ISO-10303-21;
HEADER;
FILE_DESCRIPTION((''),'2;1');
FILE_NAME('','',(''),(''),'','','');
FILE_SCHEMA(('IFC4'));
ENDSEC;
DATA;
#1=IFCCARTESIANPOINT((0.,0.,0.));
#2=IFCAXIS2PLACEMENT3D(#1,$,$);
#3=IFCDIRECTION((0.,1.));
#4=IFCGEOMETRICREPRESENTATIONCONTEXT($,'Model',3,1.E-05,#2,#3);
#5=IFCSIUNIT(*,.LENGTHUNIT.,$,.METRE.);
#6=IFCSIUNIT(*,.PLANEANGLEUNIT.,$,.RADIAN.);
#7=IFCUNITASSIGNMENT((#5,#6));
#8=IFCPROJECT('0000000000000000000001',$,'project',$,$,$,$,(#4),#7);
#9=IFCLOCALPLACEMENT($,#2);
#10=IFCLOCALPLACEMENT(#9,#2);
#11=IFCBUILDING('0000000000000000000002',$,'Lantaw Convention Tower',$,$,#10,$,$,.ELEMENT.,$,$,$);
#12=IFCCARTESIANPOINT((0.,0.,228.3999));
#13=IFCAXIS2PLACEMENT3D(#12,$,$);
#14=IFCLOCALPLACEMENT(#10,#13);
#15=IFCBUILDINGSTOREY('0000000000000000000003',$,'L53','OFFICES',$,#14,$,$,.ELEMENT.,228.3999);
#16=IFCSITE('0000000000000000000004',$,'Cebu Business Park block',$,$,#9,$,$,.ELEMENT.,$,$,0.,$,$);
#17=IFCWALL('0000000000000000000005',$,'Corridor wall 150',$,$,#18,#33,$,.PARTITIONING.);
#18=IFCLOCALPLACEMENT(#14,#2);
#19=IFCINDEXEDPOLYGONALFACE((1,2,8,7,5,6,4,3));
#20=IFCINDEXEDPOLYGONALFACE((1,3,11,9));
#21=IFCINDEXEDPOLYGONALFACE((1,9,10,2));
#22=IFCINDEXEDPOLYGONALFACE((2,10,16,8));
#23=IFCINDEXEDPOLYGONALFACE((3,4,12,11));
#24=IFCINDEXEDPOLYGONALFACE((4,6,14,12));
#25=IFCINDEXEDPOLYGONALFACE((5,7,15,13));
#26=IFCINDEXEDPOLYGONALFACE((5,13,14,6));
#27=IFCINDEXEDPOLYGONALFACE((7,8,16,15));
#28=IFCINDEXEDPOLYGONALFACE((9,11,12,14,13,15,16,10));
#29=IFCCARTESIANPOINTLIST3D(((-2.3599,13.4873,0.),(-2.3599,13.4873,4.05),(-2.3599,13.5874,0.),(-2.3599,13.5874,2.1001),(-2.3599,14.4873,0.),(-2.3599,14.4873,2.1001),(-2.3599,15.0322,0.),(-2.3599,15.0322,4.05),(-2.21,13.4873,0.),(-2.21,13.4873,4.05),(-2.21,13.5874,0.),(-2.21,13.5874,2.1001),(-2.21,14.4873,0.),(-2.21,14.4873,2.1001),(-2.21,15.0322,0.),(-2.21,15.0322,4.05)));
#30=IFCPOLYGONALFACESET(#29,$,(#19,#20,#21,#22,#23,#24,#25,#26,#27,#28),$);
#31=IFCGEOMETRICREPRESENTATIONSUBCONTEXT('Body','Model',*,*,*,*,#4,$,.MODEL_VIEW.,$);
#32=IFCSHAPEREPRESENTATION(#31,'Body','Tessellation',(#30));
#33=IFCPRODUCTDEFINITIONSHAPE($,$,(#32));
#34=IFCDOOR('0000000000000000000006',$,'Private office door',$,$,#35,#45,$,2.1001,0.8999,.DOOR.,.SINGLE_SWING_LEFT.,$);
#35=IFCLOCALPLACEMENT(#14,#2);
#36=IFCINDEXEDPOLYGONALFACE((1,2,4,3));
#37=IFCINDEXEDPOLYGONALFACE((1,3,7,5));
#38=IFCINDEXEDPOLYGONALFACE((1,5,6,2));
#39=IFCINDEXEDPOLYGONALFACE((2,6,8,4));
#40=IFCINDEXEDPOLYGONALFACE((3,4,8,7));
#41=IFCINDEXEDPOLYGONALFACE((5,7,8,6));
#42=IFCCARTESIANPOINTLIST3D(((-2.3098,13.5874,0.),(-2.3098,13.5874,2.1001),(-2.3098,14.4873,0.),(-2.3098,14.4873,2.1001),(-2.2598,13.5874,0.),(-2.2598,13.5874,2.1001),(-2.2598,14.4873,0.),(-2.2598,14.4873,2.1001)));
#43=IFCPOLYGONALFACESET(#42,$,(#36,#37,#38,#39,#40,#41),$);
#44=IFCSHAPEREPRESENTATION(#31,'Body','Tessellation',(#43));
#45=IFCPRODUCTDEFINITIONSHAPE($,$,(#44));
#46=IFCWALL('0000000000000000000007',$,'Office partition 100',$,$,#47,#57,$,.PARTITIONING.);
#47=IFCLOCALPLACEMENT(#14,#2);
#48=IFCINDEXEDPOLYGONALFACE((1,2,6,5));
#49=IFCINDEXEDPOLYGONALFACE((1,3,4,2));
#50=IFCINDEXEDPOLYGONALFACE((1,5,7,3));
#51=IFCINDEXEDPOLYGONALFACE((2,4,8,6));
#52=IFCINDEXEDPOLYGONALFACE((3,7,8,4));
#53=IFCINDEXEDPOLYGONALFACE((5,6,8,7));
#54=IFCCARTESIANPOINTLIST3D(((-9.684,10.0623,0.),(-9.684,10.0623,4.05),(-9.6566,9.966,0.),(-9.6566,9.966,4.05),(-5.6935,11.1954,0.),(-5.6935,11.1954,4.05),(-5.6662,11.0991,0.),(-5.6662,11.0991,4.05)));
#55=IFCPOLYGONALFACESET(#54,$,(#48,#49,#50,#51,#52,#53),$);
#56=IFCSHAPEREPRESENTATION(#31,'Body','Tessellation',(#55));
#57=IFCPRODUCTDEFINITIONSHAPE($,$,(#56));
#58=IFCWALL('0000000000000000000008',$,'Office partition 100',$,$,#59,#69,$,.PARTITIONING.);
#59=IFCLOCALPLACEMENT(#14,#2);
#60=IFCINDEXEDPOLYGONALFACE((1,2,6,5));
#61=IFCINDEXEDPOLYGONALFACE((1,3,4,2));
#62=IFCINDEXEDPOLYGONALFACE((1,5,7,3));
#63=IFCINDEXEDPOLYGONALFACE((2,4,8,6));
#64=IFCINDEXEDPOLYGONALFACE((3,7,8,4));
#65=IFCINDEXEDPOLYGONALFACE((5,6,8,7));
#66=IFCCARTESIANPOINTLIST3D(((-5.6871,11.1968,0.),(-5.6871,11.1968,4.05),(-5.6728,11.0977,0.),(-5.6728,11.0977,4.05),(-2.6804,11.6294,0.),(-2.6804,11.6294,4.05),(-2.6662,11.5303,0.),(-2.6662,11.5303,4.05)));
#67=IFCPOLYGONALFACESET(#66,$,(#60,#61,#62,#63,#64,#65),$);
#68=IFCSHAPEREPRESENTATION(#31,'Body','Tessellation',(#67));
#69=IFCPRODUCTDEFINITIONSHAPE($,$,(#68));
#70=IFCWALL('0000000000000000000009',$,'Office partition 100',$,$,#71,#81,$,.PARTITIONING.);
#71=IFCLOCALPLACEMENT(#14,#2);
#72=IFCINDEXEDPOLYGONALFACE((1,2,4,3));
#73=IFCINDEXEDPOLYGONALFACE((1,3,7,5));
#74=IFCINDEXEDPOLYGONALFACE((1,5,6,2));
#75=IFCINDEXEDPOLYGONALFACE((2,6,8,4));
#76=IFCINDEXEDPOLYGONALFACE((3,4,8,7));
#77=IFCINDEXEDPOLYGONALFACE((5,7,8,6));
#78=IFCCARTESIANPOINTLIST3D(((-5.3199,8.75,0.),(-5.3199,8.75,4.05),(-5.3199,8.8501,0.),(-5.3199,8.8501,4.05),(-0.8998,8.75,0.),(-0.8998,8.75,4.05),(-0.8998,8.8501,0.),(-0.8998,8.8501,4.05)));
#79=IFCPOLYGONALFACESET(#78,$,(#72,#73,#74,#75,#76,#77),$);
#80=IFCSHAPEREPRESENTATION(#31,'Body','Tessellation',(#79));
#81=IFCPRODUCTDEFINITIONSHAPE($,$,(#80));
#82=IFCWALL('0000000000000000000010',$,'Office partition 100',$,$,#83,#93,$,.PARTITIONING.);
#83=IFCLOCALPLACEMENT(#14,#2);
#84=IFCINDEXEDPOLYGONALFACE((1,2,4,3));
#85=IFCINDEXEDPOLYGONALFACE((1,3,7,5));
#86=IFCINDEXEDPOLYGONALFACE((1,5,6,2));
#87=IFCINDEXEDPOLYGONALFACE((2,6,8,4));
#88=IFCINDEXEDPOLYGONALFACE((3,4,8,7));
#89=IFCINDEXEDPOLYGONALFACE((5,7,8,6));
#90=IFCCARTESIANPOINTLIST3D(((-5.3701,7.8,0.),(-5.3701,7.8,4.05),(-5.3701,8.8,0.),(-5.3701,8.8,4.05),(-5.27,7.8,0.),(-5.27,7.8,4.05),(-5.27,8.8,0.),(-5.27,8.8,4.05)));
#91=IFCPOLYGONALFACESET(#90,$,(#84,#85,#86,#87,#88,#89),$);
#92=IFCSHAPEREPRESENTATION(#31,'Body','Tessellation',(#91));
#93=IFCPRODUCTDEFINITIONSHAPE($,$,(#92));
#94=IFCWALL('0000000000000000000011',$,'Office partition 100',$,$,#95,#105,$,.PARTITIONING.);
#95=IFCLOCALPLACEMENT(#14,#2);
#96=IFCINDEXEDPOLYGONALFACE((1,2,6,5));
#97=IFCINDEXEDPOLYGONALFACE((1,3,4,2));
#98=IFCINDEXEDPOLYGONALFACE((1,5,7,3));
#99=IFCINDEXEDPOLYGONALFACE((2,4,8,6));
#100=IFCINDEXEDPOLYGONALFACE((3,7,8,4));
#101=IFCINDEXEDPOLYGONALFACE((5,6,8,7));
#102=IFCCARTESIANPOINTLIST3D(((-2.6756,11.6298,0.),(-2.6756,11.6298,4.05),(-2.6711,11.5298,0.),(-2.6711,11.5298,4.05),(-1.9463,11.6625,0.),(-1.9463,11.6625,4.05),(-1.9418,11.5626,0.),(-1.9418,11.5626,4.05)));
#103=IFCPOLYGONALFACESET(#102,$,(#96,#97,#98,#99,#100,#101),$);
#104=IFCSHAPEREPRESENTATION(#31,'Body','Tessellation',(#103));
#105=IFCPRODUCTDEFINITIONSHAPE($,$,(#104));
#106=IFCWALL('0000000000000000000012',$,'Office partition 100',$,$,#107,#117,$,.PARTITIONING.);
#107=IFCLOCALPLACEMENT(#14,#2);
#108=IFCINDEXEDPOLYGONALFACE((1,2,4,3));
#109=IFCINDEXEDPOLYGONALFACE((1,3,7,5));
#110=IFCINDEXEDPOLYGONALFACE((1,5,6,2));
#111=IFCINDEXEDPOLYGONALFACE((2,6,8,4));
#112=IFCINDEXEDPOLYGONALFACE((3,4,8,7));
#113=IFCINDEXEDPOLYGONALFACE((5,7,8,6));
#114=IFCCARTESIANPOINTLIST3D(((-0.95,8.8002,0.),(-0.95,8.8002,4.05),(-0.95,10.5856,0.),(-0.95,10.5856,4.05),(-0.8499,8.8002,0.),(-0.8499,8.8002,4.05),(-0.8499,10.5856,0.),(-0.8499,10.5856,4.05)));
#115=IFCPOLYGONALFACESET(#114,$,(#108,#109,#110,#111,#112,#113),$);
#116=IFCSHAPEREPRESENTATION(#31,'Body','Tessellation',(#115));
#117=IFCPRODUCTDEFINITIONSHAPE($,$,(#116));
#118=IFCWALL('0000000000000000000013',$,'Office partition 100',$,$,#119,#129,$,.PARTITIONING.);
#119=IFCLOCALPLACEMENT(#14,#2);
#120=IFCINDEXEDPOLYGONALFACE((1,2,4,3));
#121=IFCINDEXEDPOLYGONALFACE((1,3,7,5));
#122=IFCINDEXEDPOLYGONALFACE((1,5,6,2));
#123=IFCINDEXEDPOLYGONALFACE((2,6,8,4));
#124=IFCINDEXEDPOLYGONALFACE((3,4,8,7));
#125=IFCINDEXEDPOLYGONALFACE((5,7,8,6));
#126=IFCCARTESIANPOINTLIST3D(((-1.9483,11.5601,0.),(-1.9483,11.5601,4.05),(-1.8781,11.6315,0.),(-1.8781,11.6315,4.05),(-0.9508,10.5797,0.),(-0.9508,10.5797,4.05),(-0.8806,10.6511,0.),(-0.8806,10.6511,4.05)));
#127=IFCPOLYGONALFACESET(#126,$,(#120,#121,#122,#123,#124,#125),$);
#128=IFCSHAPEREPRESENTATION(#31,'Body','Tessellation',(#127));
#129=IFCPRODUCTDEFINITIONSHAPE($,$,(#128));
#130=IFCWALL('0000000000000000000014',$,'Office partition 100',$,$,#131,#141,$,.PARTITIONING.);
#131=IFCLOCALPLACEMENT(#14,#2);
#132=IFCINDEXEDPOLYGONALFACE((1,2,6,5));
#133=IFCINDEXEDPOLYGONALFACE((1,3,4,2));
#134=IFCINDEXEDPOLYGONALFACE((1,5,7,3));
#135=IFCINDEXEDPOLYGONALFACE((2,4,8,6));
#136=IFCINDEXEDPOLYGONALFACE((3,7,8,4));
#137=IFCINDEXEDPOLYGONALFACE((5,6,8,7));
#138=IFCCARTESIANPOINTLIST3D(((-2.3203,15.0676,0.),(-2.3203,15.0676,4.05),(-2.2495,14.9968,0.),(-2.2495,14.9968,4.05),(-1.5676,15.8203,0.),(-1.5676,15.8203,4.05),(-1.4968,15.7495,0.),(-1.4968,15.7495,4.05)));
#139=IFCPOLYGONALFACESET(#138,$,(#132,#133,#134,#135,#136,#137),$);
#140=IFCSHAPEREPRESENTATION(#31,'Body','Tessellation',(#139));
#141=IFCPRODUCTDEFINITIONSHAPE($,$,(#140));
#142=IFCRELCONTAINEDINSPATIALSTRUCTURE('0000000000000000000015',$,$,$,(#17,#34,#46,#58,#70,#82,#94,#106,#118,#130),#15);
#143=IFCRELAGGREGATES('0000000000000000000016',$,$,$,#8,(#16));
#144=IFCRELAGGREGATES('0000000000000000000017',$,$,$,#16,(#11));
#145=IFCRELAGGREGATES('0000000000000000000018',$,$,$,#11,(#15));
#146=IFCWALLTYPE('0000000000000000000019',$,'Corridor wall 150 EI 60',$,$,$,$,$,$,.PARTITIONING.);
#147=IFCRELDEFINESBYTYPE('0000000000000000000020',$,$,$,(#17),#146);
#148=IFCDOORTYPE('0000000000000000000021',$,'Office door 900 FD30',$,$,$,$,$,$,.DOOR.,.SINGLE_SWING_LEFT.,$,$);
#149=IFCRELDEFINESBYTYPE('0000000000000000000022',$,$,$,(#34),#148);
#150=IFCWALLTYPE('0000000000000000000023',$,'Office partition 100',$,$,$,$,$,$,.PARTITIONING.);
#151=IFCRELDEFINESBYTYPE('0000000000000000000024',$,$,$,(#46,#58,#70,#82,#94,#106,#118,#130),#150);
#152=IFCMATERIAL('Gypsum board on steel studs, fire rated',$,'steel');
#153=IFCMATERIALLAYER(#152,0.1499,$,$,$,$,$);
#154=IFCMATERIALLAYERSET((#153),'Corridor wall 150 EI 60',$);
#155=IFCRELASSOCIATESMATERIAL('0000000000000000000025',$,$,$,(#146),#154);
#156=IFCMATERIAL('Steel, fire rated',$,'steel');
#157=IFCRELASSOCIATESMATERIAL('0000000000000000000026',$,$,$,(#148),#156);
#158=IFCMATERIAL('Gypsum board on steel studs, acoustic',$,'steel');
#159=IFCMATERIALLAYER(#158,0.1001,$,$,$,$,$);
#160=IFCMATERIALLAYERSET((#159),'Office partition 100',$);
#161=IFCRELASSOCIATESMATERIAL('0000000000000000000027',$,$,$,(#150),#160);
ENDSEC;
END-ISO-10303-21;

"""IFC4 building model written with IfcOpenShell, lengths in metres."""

from ifc_helpers import new_model, si_unit, direction, frame, frame_2d, origin, place, context, subcontext, project, spatial, rectangle, extrude, material, layer, layer_set, type_object, element, fill, save


model = new_model("IFC4")

# Units and contexts
model_context = context("Model", 3, precision=1e-05, world=origin(), true_north=direction((0.0, 1.0)))
body_context = subcontext(model_context, "Body", "Model", "MODEL_VIEW")
ifc_project = project(units=[si_unit("LENGTHUNIT", "METRE"), si_unit("PLANEANGLEUNIT", "RADIAN")], contexts=[model_context])

# Site, building, storey
site_placement = place(None, origin())
site = spatial("IfcSite", under=ifc_project, at=site_placement, Name="Cebu Business Park block", CompositionType="ELEMENT", RefElevation=0.0)
building_placement = place(site_placement, origin())
building = spatial("IfcBuilding", under=site, at=building_placement, Name="Lantaw Convention Tower", CompositionType="ELEMENT")
storey_placement = place(building_placement, frame((0.0, 0.0, 228.3999)))
storey = spatial("IfcBuildingStorey", under=building, at=storey_placement, Name="L53", Description="OFFICES", CompositionType="ELEMENT", Elevation=228.3999)

# Shared definitions
ifc_material_1 = material(Name="Steel, fire rated", Category="steel")
ifc_material_2 = material(Name="Gypsum board on steel studs, fire rated", Category="steel")
ifc_layer_1 = layer(ifc_material_2, 0.1499)
ifc_layer_set_1 = layer_set([ifc_layer_1], Name="Corridor wall 150 EI 60")
wall_type_1 = type_object("IfcWallType", Name="Corridor wall 150 EI 60", PredefinedType="PARTITIONING", material=ifc_layer_set_1)
door_type_1 = type_object("IfcDoorType", Name="Office door 900 FD30", OperationType="SINGLE_SWING_LEFT", PredefinedType="DOOR", material=ifc_material_1)

# Wall, opening, door
wall_1_placement = place(storey_placement, frame((-2.2849, 13.4873, 0.0), z_axis=(0.0, 0.0, 1.0), x_axis=(0.0, 1.0, 0.0)))
wall_1 = element("IfcWall", 1, at=wall_1_placement, inside=storey, type_object=wall_type_1, Name="Corridor wall 150", PredefinedType="PARTITIONING", context=body_context, shape_type="SweptSolid", body=[
    extrude(rectangle(XDim=1.5449, YDim=0.1499, at=frame_2d((0.7725, 0.0))), origin(), (0.0, 0.0, 1.0), 4.05),
])
opening_1_placement = place(wall_1_placement, frame((0.1001, 0.0, 0.0)))
opening_1 = element("IfcOpeningElement", 2, at=opening_1_placement, cuts=wall_1, PredefinedType="OPENING", context=body_context, shape_type="SweptSolid", body=[
    extrude(rectangle(XDim=0.8999, YDim=2.1001, at=frame_2d((0.45, 1.05))), frame((0.0, 0.085, 0.0), z_axis=(0.0, -1.0, 0.0), x_axis=(1.0, 0.0, 0.0)), (0.0, 0.0, 1.0), 0.1699),
])
door_1_placement = place(opening_1_placement, origin())
door_1 = element("IfcDoor", 3, at=door_1_placement, inside=storey, type_object=door_type_1, Name="Private office door", OperationType="SINGLE_SWING_LEFT", OverallHeight=2.1001, OverallWidth=0.8999, PredefinedType="DOOR", context=body_context, shape_type="SweptSolid", body=[
    extrude(rectangle(XDim=0.8999, YDim=2.1001, at=frame_2d((0.45, 1.05))), frame((0.0, 0.0249, 0.0), z_axis=(0.0, -1.0, 0.0), x_axis=(1.0, 0.0, 0.0)), (0.0, 0.0, 1.0), 0.05),
])
fill(opening_1, door_1)

# Walls
ifc_material_3 = material(Name="Gypsum board on steel studs, acoustic", Category="steel")
ifc_layer_2 = layer(ifc_material_3, 0.1001)
ifc_layer_set_2 = layer_set([ifc_layer_2], Name="Office partition 100")
wall_type_2 = type_object("IfcWallType", Name="Office partition 100", PredefinedType="PARTITIONING", material=ifc_layer_set_2)
wall_2_placement = place(storey_placement, frame((-9.6704, 10.0142, 0.0), z_axis=(0.0, 0.0, 1.0), x_axis=(0.961973, 0.273143, 0.0)))
element("IfcWall", 4, at=wall_2_placement, inside=storey, type_object=wall_type_2, Name="Office partition 100", PredefinedType="PARTITIONING", context=body_context, shape_type="SweptSolid", body=[
    extrude(rectangle(XDim=4.1482, YDim=0.1001, at=frame_2d((2.0742, 0.0))), origin(), (0.0, 0.0, 1.0), 4.05),
])
wall_3_placement = place(storey_placement, frame((-5.6799, 11.1472, 0.0), z_axis=(0.0, 0.0, 1.0), x_axis=(0.989806, 0.142423, 0.0)))
element("IfcWall", 5, at=wall_3_placement, inside=storey, type_object=wall_type_2, Name="Office partition 100", PredefinedType="PARTITIONING", context=body_context, shape_type="SweptSolid", body=[
    extrude(rectangle(XDim=3.0376, YDim=0.1001, at=frame_2d((1.5188, 0.0))), origin(), (0.0, 0.0, 1.0), 4.05),
])
wall_4_placement = place(storey_placement, frame((-0.8999, 8.8, 0.0), z_axis=(0.0, 0.0, 1.0), x_axis=(-1.0, 0.0, 0.0)))
element("IfcWall", 6, at=wall_4_placement, inside=storey, type_object=wall_type_2, Name="Office partition 100", PredefinedType="PARTITIONING", context=body_context, shape_type="SweptSolid", body=[
    extrude(rectangle(XDim=4.4202, YDim=0.1001, at=frame_2d((2.21, 0.0))), origin(), (0.0, 0.0, 1.0), 4.05),
])
wall_5_placement = place(storey_placement, frame((-5.3201, 8.8, 0.0), z_axis=(0.0, 0.0, 1.0), x_axis=(0.0, -1.0, 0.0)))
element("IfcWall", 7, at=wall_5_placement, inside=storey, type_object=wall_type_2, Name="Office partition 100", PredefinedType="PARTITIONING", context=body_context, shape_type="SweptSolid", body=[
    extrude(rectangle(XDim=1.0, YDim=0.1001, at=frame_2d((0.5, 0.0))), origin(), (0.0, 0.0, 1.0), 4.05),
])
wall_6_placement = place(storey_placement, frame((-2.6733, 11.5798, 0.0), z_axis=(0.0, 0.0, 1.0), x_axis=(0.998995, 0.044816, 0.0)))
element("IfcWall", 8, at=wall_6_placement, inside=storey, type_object=wall_type_2, Name="Office partition 100", PredefinedType="PARTITIONING", context=body_context, shape_type="SweptSolid", body=[
    extrude(rectangle(XDim=0.73, YDim=0.1001, at=frame_2d((0.365, 0.0))), origin(), (0.0, 0.0, 1.0), 4.05),
])
wall_7_placement = place(storey_placement, frame((-0.8999, 10.5854, 0.0), z_axis=(0.0, 0.0, 1.0), x_axis=(0.0, -1.0, 0.0)))
element("IfcWall", 9, at=wall_7_placement, inside=storey, type_object=wall_type_2, Name="Office partition 100", PredefinedType="PARTITIONING", context=body_context, shape_type="SweptSolid", body=[
    extrude(rectangle(XDim=1.7854, YDim=0.1001, at=frame_2d((0.8926, 0.0))), origin(), (0.0, 0.0, 1.0), 4.05),
])
wall_8_placement = place(storey_placement, frame((-0.9158, 10.6155, 0.0), z_axis=(0.0, 0.0, 1.0), x_axis=(-0.713189, 0.700971, 0.0)))
element("IfcWall", 10, at=wall_8_placement, inside=storey, type_object=wall_type_2, Name="Office partition 100", PredefinedType="PARTITIONING", context=body_context, shape_type="SweptSolid", body=[
    extrude(rectangle(XDim=1.3987, YDim=0.1001, at=frame_2d((0.6992, 0.0))), origin(), (0.0, 0.0, 1.0), 4.05),
])
wall_9_placement = place(storey_placement, frame((-2.2849, 15.0322, 0.0), z_axis=(0.0, 0.0, 1.0), x_axis=(0.707107, 0.707107, 0.0)))
element("IfcWall", 11, at=wall_9_placement, inside=storey, type_object=wall_type_2, Name="Office partition 100", PredefinedType="PARTITIONING", context=body_context, shape_type="SweptSolid", body=[
    extrude(rectangle(XDim=1.0645, YDim=0.1001, at=frame_2d((0.5322, 0.0))), origin(), (0.0, 0.0, 1.0), 4.05),
])

save(model, "model.ifc")
